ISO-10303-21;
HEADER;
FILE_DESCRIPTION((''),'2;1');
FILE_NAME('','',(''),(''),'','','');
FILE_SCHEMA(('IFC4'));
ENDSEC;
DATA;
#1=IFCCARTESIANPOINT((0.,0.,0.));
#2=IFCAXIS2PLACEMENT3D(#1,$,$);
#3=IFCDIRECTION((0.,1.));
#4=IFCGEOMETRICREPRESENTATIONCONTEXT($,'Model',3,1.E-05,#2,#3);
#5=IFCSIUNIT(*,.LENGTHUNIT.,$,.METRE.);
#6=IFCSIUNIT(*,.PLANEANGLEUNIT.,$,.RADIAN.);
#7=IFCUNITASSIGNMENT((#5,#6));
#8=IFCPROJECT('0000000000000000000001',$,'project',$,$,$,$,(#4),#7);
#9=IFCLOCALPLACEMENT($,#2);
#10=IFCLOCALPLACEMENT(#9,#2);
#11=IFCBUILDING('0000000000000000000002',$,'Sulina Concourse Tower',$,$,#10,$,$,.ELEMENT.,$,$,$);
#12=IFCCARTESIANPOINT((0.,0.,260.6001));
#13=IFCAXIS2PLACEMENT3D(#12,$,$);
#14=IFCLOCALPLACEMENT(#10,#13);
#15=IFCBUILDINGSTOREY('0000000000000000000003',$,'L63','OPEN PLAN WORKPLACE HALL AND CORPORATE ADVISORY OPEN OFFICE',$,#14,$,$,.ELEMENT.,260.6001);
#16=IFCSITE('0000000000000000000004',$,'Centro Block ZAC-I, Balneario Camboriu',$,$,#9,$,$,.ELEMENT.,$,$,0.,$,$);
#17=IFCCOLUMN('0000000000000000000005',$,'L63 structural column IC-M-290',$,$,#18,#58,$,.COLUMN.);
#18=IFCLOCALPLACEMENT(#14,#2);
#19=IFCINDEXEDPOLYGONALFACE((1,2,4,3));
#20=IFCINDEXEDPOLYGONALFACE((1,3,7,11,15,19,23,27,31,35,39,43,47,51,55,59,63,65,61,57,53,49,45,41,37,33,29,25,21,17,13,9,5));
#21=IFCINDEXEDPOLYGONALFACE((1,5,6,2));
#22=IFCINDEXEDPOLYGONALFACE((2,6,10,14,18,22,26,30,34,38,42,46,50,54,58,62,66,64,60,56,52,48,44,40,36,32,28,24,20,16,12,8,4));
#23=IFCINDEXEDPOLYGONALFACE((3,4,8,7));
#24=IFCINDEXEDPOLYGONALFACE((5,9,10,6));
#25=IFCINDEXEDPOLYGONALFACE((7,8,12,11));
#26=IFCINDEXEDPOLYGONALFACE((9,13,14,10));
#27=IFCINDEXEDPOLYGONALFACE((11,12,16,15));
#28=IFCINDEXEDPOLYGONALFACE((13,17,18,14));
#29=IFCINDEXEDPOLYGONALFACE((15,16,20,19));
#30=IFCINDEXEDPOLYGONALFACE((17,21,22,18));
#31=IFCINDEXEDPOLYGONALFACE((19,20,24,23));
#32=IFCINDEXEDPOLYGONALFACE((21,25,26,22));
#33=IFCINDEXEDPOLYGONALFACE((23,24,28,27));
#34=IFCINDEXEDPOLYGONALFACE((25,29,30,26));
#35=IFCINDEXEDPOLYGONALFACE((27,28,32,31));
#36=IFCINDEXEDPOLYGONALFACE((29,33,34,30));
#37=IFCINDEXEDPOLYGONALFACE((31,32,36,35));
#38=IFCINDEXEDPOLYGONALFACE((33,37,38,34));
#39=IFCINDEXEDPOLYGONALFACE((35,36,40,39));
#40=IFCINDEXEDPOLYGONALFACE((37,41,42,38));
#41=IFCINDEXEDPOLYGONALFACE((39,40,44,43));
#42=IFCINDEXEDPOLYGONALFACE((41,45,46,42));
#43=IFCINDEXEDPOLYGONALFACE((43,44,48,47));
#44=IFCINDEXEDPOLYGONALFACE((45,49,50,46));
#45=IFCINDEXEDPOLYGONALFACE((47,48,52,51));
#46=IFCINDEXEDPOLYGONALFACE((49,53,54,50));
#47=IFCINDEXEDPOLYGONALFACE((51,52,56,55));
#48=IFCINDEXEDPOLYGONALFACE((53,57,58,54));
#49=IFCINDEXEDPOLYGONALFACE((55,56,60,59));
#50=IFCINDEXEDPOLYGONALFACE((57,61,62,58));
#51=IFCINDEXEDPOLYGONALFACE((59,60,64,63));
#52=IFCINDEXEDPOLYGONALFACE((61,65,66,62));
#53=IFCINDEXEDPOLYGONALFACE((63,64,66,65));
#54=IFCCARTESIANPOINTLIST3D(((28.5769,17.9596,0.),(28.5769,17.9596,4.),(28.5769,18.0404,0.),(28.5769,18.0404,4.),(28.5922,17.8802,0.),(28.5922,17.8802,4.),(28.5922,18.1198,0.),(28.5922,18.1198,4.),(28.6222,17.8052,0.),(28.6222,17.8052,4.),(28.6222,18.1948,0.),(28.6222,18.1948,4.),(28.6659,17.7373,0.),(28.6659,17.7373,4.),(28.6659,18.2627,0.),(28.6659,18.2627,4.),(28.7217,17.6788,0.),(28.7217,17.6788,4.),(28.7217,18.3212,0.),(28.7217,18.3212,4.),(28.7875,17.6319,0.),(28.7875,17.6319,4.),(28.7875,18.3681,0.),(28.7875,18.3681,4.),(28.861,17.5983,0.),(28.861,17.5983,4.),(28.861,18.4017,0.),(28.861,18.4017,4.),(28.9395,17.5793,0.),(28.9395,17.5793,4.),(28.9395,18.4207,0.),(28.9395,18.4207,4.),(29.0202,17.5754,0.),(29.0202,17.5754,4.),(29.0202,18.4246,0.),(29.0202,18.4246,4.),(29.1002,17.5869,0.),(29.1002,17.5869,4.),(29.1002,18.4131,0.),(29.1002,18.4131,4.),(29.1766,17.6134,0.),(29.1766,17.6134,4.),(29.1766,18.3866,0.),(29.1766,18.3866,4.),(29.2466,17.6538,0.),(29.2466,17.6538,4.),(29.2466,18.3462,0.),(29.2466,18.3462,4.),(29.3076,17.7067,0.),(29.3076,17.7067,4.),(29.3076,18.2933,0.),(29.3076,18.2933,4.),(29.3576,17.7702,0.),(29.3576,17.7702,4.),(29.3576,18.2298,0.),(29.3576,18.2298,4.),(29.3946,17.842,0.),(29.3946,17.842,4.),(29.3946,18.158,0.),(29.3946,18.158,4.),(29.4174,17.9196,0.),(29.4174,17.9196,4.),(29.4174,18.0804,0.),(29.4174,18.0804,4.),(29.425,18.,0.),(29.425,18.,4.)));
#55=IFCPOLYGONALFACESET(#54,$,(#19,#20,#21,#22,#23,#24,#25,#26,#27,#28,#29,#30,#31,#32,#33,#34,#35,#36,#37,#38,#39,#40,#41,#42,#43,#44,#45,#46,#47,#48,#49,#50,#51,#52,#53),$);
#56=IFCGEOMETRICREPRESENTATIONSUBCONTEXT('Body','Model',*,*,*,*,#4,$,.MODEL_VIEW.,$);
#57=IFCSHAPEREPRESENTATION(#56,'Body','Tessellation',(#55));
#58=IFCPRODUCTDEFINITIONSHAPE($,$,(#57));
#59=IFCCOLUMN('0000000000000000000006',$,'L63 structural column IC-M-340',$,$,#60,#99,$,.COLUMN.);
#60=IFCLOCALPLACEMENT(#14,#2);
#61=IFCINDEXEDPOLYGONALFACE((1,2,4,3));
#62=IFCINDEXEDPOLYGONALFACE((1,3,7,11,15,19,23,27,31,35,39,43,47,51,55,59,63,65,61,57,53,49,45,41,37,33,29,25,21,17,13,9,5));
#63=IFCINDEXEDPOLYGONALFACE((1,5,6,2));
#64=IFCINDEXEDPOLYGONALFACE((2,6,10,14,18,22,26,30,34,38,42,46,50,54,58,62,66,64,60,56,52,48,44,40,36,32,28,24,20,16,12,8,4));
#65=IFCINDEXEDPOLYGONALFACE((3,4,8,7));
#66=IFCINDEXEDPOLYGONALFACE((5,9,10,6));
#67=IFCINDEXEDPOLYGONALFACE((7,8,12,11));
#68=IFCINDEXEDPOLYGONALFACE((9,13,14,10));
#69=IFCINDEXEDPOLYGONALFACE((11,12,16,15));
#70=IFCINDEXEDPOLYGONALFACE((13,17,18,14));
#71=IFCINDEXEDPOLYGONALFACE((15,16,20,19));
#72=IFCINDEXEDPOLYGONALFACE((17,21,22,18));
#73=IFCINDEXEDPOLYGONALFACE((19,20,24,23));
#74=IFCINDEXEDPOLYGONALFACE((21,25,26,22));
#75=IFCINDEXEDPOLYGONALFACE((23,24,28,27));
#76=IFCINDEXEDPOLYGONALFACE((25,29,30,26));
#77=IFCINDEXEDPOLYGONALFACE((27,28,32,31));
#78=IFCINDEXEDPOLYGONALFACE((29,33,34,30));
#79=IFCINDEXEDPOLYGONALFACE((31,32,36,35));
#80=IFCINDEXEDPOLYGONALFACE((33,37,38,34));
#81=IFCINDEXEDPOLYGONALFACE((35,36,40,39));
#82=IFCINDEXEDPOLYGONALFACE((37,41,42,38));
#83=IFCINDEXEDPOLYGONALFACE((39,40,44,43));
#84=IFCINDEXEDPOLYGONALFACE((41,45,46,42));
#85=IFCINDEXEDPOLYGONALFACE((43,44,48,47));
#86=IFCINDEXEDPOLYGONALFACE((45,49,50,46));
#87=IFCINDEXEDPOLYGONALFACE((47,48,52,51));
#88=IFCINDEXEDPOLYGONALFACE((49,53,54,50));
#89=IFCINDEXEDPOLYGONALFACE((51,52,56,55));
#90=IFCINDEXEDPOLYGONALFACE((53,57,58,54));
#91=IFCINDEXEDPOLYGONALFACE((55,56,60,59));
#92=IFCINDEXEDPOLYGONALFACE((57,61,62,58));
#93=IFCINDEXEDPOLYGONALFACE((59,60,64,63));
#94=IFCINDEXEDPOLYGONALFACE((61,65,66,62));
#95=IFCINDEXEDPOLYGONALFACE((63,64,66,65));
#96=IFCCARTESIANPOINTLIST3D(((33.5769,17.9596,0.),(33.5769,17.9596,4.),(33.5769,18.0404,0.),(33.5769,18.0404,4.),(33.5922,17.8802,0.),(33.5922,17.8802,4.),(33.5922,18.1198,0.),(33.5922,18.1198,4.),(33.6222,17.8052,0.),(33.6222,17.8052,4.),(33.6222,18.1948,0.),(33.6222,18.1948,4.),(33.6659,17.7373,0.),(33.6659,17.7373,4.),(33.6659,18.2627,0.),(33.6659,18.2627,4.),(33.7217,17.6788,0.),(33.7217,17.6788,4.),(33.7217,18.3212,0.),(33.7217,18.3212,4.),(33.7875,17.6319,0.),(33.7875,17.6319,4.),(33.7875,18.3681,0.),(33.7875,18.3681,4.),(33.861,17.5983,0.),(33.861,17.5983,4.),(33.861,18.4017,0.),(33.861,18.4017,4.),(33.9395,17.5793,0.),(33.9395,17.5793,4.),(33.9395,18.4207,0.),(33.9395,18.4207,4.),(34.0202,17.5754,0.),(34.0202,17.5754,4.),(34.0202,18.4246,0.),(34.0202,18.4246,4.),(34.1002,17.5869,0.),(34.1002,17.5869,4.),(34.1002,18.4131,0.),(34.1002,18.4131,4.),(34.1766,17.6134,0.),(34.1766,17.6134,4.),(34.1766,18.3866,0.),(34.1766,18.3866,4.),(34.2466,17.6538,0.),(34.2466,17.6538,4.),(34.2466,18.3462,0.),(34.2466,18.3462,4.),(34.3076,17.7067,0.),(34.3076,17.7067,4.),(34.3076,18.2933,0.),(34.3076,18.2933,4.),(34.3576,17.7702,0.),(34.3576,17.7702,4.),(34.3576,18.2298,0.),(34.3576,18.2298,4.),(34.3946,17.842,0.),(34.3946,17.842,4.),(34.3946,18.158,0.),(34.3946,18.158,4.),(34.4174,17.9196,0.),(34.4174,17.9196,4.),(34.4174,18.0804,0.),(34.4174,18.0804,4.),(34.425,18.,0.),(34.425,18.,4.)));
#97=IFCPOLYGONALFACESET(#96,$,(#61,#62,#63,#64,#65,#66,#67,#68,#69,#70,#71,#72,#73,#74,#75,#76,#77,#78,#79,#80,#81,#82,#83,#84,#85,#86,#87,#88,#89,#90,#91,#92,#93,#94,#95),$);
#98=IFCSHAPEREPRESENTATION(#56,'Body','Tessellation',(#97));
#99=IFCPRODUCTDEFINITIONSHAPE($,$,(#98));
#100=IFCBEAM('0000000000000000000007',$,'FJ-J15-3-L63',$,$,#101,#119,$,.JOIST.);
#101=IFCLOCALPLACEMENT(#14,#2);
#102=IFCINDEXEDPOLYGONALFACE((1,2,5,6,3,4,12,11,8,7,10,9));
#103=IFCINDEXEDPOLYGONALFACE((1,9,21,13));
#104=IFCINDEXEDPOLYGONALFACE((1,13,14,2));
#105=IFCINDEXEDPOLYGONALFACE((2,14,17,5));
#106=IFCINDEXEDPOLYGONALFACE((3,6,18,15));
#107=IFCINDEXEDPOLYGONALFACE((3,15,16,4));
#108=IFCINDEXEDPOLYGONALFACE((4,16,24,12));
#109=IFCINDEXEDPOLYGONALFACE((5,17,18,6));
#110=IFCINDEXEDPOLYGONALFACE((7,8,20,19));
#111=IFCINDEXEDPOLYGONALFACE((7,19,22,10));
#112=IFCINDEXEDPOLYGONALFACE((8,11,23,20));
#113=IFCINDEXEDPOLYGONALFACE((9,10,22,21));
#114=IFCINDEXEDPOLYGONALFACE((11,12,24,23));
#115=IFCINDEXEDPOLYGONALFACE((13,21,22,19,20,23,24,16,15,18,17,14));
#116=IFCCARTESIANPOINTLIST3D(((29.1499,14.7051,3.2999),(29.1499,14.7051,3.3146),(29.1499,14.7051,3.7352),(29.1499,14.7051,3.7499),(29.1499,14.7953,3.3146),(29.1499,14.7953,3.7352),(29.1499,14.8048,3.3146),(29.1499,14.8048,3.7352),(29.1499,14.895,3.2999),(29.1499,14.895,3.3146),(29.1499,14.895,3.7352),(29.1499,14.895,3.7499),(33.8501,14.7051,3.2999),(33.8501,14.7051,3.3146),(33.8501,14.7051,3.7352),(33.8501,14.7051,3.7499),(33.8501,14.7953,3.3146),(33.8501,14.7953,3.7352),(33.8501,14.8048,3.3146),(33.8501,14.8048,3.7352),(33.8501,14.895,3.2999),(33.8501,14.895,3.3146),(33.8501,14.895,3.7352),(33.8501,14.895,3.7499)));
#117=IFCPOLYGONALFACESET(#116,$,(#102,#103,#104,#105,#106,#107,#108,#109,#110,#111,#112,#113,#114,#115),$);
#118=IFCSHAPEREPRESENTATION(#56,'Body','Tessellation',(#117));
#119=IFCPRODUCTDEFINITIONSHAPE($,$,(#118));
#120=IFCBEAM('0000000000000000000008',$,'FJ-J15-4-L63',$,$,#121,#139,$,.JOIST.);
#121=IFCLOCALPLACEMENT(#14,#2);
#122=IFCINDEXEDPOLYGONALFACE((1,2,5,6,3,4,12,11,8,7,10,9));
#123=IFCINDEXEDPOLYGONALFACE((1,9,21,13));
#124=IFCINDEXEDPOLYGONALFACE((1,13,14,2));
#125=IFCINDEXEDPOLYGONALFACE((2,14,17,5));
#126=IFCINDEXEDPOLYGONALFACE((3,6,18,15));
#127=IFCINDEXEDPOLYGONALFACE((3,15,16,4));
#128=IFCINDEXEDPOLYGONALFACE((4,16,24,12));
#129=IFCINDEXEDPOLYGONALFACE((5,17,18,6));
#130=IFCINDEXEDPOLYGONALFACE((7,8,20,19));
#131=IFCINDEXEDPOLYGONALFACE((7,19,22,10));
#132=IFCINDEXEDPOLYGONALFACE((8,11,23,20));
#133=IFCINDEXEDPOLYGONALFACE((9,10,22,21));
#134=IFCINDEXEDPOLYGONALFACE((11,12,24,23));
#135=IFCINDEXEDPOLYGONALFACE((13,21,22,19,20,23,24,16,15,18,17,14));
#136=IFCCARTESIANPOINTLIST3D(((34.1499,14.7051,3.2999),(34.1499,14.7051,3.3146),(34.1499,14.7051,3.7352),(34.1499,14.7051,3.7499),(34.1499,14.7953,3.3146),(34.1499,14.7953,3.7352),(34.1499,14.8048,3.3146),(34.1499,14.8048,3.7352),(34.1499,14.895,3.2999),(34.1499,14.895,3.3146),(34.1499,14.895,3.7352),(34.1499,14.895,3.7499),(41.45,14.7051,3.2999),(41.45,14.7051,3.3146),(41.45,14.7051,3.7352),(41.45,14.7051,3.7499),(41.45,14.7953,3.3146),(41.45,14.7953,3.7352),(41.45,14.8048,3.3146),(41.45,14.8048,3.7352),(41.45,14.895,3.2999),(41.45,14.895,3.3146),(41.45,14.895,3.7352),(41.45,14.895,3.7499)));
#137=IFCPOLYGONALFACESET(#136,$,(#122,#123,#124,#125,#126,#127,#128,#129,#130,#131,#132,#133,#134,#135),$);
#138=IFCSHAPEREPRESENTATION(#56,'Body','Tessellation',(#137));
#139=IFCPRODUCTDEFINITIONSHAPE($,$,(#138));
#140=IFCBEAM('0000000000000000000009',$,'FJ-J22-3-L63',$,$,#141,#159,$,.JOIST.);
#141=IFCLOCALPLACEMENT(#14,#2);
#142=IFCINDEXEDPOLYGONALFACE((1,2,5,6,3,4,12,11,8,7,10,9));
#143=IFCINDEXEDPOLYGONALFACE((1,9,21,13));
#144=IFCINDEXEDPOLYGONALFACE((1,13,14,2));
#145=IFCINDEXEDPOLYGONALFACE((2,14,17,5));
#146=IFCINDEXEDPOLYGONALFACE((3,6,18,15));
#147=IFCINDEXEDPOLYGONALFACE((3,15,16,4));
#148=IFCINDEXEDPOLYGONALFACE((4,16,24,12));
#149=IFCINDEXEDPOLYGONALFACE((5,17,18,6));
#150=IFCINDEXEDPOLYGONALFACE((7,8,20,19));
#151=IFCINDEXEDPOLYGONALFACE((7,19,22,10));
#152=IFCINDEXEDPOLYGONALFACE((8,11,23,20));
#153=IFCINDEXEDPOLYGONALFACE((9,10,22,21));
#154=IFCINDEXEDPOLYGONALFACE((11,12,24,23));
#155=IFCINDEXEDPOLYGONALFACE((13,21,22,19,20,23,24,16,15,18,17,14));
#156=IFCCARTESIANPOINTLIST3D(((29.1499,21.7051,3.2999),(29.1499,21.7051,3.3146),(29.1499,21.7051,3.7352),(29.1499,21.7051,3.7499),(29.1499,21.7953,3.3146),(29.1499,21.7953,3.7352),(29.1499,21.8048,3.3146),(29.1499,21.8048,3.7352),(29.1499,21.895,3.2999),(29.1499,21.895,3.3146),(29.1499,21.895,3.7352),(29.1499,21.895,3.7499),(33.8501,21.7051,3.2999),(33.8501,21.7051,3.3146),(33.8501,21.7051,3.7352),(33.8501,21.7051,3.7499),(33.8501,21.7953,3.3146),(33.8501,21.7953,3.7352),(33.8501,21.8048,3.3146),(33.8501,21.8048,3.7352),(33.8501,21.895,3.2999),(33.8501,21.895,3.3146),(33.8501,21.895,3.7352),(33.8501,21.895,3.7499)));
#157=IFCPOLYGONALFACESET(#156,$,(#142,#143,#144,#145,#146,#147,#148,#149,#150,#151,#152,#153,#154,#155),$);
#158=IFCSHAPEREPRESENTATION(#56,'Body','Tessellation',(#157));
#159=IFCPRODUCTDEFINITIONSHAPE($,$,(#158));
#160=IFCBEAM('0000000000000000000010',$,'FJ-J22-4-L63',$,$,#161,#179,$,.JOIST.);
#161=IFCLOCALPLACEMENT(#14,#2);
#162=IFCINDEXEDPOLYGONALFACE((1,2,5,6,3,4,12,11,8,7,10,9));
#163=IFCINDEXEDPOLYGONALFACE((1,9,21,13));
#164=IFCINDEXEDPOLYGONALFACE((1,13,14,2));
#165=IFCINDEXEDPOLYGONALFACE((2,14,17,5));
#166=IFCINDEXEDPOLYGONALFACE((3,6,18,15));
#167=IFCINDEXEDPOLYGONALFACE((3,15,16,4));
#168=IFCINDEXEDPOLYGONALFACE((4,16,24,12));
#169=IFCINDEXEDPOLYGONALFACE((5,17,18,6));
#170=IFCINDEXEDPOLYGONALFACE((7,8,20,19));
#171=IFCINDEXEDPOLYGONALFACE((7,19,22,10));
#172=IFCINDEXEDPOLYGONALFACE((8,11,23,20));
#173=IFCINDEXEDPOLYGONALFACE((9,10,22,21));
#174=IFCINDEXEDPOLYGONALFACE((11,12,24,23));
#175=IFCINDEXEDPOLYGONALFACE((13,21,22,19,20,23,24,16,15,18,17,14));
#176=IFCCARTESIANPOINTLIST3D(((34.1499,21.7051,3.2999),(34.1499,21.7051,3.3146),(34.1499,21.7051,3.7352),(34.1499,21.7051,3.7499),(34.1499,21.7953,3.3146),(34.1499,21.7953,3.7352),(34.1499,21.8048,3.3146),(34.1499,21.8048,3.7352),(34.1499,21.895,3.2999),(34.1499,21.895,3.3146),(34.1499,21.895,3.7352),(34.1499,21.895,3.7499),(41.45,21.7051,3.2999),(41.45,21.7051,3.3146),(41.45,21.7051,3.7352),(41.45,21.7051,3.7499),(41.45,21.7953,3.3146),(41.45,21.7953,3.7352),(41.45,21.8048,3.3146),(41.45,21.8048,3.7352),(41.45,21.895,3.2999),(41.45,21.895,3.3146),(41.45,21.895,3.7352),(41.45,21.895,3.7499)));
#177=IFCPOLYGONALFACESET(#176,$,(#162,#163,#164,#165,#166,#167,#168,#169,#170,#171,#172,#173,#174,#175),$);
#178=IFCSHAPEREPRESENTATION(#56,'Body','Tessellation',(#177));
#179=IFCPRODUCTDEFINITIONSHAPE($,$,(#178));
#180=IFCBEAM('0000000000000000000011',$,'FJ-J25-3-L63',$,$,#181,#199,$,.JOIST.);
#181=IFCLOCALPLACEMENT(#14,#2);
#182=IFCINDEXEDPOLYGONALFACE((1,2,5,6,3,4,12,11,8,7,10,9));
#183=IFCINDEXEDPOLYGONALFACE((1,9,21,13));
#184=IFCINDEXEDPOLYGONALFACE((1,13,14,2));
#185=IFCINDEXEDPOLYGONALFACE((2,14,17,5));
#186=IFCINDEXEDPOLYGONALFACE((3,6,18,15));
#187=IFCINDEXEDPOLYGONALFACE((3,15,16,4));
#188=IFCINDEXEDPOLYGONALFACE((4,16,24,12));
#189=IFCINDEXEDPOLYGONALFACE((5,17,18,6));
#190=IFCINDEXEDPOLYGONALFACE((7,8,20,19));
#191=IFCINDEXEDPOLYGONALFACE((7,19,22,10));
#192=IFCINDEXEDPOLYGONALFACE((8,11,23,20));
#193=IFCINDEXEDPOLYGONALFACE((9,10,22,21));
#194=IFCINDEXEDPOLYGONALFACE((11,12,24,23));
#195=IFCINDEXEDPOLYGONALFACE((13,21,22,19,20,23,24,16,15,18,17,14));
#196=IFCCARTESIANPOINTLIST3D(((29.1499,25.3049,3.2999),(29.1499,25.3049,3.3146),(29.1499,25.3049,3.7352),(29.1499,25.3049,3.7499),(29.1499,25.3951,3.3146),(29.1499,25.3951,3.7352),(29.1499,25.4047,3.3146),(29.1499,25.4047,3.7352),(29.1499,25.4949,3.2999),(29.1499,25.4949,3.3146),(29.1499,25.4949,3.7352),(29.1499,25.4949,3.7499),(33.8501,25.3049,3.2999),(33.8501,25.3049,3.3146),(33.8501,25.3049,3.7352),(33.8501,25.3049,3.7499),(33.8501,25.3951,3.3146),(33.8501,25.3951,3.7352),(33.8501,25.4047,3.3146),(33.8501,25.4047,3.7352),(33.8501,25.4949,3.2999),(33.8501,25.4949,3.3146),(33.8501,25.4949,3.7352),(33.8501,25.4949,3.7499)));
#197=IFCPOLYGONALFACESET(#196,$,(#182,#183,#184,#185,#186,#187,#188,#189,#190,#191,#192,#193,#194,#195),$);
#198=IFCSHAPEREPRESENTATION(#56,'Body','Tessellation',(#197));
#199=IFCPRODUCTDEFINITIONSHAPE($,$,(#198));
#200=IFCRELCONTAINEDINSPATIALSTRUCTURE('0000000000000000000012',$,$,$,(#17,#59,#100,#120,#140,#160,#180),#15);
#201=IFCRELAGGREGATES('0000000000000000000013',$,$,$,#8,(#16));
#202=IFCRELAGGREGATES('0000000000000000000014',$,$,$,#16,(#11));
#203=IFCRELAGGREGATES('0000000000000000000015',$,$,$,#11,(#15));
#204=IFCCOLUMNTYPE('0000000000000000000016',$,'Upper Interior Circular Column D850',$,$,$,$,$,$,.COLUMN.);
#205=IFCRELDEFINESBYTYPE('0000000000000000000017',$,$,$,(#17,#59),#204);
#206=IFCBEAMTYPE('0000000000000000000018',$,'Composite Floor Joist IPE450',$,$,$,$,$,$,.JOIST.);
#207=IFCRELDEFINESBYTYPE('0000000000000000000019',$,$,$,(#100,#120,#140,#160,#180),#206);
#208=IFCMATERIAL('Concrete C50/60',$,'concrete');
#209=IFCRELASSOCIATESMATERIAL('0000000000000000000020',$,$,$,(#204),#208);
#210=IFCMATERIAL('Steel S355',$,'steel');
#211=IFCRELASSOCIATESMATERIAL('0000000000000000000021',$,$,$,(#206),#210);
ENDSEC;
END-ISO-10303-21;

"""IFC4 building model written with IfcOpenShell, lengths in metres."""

from ifc_helpers import new_model, si_unit, direction, frame, origin, origin_2d, place, context, subcontext, project, spatial, circle, i_section, extrude, material, material_profile, profile_set, type_object, element, save


model = new_model("IFC4")

# Units and contexts
model_context = context("Model", 3, precision=1e-05, world=origin(), true_north=direction((0.0, 1.0)))
body_context = subcontext(model_context, "Body", "Model", "MODEL_VIEW")
ifc_project = project(units=[si_unit("LENGTHUNIT", "METRE"), si_unit("PLANEANGLEUNIT", "RADIAN")], contexts=[model_context])

# Site, building, storey
site_placement = place(None, origin())
site = spatial("IfcSite", under=ifc_project, at=site_placement, Name="Centro Block ZAC-I, Balneario Camboriu", CompositionType="ELEMENT", RefElevation=0.0)
building_placement = place(site_placement, origin())
building = spatial("IfcBuilding", under=site, at=building_placement, Name="Sulina Concourse Tower", CompositionType="ELEMENT")
storey_placement = place(building_placement, frame((0.0, 0.0, 260.6001)))
storey = spatial("IfcBuildingStorey", under=building, at=storey_placement, Name="L63", Description="OPEN PLAN WORKPLACE HALL AND CORPORATE ADVISORY OPEN OFFICE", CompositionType="ELEMENT", Elevation=260.6001)

# Columns
ifc_material_1 = material(Name="Concrete C50/60", Category="concrete")
ifc_material_profile_1 = material_profile(ifc_material_1, circle(Radius=0.425, at=origin_2d()), Name="RC D850")
ifc_profile_set_1 = profile_set([ifc_material_profile_1], Name="Concrete C50/60")
column_type = type_object("IfcColumnType", Name="Upper Interior Circular Column D850", PredefinedType="COLUMN", material=ifc_profile_set_1)
for number, where, z_axis, x_axis, name in (
    (1, (29.0, 18.0, 0.0), (0.0, 0.0, 1.0), (1.0, 0.0, 0.0), "L63 structural column IC-M-290"),
    (2, (34.0, 18.0, 0.0), (0.0, 0.0, 1.0), (1.0, 0.0, 0.0), "L63 structural column IC-M-340"),
):
    element("IfcColumn", number, at=place(storey_placement, frame(where, z_axis=z_axis, x_axis=x_axis)), inside=storey, type_object=column_type, Name=name, PredefinedType="COLUMN", context=body_context, shape_type="SweptSolid", body=[
        extrude(circle(Radius=0.425, at=origin_2d()), origin(), (0.0, 0.0, 1.0), 4.0),
    ])

# Beams
ifc_material_2 = material(Name="Steel S355", Category="steel")
ifc_material_profile_2 = material_profile(ifc_material_2, i_section(OverallWidth=0.1899, OverallDepth=0.45, WebThickness=0.0095, FlangeThickness=0.0146, at=origin_2d()), Name="IPE 450")
ifc_profile_set_2 = profile_set([ifc_material_profile_2], Name="Steel S355")
beam_type_1 = type_object("IfcBeamType", Name="Composite Floor Joist IPE450", PredefinedType="JOIST", material=ifc_profile_set_2)
beam_1_placement = place(storey_placement, frame((29.1499, 14.8, 3.5249), z_axis=(1.0, 0.0, 0.0), x_axis=(0.0, 1.0, 0.0)))
element("IfcBeam", 3, at=beam_1_placement, inside=storey, type_object=beam_type_1, Name="FJ-J15-3-L63", PredefinedType="JOIST", context=body_context, shape_type="SweptSolid", body=[
    extrude(i_section(OverallWidth=0.1899, OverallDepth=0.45, WebThickness=0.0095, FlangeThickness=0.0146, at=origin_2d()), origin(), (0.0, 0.0, 1.0), 4.7002),
])
beam_2_placement = place(storey_placement, frame((34.1499, 14.8, 3.5249), z_axis=(1.0, 0.0, 0.0), x_axis=(0.0, 1.0, 0.0)))
element("IfcBeam", 4, at=beam_2_placement, inside=storey, type_object=beam_type_1, Name="FJ-J15-4-L63", PredefinedType="JOIST", context=body_context, shape_type="SweptSolid", body=[
    extrude(i_section(OverallWidth=0.1899, OverallDepth=0.45, WebThickness=0.0095, FlangeThickness=0.0146, at=origin_2d()), origin(), (0.0, 0.0, 1.0), 7.3),
])
beam_3_placement = place(storey_placement, frame((29.1499, 21.8, 3.5249), z_axis=(1.0, 0.0, 0.0), x_axis=(0.0, 1.0, 0.0)))
element("IfcBeam", 5, at=beam_3_placement, inside=storey, type_object=beam_type_1, Name="FJ-J22-3-L63", PredefinedType="JOIST", context=body_context, shape_type="SweptSolid", body=[
    extrude(i_section(OverallWidth=0.1899, OverallDepth=0.45, WebThickness=0.0095, FlangeThickness=0.0146, at=origin_2d()), origin(), (0.0, 0.0, 1.0), 4.7002),
])
beam_4_placement = place(storey_placement, frame((34.1499, 21.8, 3.5249), z_axis=(1.0, 0.0, 0.0), x_axis=(0.0, 1.0, 0.0)))
element("IfcBeam", 6, at=beam_4_placement, inside=storey, type_object=beam_type_1, Name="FJ-J22-4-L63", PredefinedType="JOIST", context=body_context, shape_type="SweptSolid", body=[
    extrude(i_section(OverallWidth=0.1899, OverallDepth=0.45, WebThickness=0.0095, FlangeThickness=0.0146, at=origin_2d()), origin(), (0.0, 0.0, 1.0), 7.3),
])
beam_5_placement = place(storey_placement, frame((29.1499, 25.3999, 3.5249), z_axis=(1.0, 0.0, 0.0), x_axis=(0.0, 1.0, 0.0)))
element("IfcBeam", 7, at=beam_5_placement, inside=storey, type_object=beam_type_1, Name="FJ-J25-3-L63", PredefinedType="JOIST", context=body_context, shape_type="SweptSolid", body=[
    extrude(i_section(OverallWidth=0.1899, OverallDepth=0.45, WebThickness=0.0095, FlangeThickness=0.0146, at=origin_2d()), origin(), (0.0, 0.0, 1.0), 4.7002),
])

save(model, "model.ifc")
